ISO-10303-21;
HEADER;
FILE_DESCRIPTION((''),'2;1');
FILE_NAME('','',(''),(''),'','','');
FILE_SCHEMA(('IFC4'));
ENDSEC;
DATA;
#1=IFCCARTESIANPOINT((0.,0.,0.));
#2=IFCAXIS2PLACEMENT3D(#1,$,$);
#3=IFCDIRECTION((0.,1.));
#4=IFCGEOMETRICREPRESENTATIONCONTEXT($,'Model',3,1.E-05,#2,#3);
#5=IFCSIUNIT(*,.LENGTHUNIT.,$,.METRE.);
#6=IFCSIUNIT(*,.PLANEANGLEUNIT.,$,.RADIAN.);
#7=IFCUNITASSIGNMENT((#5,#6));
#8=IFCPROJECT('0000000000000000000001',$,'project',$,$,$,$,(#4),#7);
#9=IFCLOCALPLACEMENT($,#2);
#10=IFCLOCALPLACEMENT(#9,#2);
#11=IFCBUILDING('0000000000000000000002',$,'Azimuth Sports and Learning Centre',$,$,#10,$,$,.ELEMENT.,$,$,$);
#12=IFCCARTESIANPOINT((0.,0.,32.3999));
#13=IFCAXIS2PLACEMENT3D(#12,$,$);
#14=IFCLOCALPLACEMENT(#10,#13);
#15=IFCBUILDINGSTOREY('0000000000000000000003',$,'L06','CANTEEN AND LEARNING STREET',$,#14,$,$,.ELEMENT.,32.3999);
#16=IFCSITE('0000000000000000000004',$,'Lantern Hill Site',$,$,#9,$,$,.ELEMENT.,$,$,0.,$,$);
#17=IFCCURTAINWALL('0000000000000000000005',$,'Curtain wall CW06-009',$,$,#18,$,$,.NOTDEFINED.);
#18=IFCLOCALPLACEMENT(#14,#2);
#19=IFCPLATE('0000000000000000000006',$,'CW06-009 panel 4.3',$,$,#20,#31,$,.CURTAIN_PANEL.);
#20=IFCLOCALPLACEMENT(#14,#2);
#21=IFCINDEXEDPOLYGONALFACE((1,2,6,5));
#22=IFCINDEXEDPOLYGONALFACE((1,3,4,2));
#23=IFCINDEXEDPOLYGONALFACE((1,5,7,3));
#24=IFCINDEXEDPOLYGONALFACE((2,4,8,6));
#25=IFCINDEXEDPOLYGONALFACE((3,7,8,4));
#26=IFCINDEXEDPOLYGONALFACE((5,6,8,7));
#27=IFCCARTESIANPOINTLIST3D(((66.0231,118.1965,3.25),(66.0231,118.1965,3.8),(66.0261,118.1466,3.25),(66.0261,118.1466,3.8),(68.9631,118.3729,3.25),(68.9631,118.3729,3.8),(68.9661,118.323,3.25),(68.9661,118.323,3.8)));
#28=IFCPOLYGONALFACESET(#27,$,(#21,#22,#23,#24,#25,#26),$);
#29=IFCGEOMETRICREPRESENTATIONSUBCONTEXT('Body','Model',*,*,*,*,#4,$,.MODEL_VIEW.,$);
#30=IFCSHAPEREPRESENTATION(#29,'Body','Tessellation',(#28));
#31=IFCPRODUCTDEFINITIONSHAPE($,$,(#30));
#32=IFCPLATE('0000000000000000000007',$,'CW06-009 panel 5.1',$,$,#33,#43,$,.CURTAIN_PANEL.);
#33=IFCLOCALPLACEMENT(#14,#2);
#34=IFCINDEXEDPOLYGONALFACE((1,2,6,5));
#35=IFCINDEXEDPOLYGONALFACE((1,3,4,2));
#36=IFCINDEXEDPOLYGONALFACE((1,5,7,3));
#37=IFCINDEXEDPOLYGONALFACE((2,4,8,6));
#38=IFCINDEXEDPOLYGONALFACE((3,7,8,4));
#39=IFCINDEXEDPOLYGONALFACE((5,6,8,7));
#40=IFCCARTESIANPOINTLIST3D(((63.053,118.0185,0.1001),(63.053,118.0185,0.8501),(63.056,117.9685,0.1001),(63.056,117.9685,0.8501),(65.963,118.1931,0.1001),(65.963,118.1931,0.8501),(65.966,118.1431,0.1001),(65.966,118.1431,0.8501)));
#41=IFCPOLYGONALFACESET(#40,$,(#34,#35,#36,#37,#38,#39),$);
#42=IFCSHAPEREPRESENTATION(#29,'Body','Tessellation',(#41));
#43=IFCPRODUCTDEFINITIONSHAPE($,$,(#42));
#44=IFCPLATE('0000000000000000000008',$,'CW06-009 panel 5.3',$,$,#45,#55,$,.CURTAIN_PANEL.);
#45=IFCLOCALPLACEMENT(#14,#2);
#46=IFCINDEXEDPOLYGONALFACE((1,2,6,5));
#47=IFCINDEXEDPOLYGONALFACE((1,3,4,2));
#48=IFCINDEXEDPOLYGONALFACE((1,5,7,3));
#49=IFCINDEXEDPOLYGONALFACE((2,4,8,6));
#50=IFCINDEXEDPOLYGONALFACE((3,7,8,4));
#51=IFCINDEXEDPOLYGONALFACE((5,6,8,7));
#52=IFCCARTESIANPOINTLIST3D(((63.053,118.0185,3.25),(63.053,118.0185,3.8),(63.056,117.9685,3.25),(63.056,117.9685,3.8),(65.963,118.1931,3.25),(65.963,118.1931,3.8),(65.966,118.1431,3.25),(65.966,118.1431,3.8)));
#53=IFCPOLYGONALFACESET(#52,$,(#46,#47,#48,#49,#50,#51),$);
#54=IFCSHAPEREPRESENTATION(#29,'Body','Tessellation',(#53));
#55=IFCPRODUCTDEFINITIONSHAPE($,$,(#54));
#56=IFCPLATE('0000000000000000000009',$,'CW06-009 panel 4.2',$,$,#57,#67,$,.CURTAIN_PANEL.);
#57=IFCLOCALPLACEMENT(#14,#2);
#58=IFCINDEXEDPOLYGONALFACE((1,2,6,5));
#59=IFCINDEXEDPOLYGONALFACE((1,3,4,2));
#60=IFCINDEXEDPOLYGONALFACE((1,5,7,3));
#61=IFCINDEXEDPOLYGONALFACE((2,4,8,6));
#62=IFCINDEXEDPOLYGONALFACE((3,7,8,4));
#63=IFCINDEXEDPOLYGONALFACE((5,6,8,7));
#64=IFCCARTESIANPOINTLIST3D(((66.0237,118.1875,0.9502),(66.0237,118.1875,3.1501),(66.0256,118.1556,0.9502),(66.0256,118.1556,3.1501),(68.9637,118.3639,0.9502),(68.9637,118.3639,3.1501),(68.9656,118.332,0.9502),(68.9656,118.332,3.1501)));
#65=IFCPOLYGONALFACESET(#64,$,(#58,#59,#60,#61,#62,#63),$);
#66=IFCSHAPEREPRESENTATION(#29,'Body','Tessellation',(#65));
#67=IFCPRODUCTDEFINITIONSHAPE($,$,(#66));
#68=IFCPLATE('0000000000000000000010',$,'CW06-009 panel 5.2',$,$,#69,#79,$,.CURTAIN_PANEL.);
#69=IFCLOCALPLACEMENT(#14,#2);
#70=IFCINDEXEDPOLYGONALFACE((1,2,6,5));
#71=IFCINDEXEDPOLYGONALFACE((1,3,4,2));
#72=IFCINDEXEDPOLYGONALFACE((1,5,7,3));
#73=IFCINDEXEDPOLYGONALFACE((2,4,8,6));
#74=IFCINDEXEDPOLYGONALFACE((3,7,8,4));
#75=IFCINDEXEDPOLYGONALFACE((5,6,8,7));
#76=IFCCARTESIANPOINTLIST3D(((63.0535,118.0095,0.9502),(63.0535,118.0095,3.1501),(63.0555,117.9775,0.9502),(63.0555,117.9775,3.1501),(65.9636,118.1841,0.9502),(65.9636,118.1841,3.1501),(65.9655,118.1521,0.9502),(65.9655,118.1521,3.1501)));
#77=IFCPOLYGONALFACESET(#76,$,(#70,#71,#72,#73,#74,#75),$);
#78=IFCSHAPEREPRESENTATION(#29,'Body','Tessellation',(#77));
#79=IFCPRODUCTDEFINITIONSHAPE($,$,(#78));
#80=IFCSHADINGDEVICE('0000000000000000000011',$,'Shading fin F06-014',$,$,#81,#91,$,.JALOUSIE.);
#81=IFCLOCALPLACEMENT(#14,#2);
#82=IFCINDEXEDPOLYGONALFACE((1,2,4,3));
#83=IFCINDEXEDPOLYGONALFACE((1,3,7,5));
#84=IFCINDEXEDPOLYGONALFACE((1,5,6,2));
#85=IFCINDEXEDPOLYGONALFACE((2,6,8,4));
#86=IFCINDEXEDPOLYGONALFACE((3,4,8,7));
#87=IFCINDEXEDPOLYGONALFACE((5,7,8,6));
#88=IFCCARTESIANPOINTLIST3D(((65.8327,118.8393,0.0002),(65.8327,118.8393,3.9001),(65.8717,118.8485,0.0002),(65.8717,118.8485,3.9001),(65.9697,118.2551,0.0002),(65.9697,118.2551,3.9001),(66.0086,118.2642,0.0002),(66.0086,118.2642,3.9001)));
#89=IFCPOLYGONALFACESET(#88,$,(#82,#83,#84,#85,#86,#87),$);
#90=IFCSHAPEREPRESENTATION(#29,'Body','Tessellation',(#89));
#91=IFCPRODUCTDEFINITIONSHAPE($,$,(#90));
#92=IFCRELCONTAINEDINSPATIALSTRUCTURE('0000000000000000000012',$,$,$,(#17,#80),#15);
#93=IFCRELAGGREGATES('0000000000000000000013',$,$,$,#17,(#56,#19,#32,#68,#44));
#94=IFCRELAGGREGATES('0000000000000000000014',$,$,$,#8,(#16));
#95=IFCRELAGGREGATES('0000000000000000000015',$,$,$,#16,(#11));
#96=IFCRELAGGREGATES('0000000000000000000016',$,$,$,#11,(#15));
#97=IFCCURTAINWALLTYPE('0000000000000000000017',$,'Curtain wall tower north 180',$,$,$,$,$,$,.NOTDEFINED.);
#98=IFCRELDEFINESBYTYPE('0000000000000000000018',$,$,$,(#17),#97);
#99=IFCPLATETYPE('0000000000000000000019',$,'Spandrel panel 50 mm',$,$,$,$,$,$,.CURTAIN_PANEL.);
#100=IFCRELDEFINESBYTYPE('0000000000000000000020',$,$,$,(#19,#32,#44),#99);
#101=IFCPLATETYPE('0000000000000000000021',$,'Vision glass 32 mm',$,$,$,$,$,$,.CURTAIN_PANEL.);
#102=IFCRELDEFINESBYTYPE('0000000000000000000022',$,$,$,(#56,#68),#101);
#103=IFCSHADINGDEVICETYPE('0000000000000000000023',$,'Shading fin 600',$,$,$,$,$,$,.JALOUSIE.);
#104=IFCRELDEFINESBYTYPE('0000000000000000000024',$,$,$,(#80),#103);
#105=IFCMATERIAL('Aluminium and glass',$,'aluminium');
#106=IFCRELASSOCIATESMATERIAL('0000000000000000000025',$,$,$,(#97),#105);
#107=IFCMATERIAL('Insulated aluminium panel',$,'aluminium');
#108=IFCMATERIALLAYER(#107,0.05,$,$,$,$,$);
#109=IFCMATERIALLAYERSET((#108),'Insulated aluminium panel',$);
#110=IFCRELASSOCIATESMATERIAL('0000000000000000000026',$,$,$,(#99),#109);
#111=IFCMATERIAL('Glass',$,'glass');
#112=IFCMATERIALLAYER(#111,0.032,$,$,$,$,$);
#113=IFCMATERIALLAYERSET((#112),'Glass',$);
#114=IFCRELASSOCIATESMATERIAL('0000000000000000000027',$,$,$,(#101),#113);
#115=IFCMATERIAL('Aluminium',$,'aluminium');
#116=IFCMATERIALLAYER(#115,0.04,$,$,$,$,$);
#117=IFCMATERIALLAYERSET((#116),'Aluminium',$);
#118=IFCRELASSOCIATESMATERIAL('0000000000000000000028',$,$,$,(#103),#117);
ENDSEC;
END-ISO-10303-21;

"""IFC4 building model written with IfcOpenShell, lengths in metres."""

from ifc_helpers import new_model, si_unit, direction, frame, origin, origin_2d, place, context, subcontext, project, spatial, rectangle, extrude, material, layer, layer_set, type_object, element, aggregate, save


model = new_model("IFC4")

# Units and contexts
model_context = context("Model", 3, precision=1e-05, world=origin(), true_north=direction((0.0, 1.0)))
body_context = subcontext(model_context, "Body", "Model", "MODEL_VIEW")
ifc_project = project(units=[si_unit("LENGTHUNIT", "METRE"), si_unit("PLANEANGLEUNIT", "RADIAN")], contexts=[model_context])

# Site, building, storey
site_placement = place(None, origin())
site = spatial("IfcSite", under=ifc_project, at=site_placement, Name="Lantern Hill Site", CompositionType="ELEMENT", RefElevation=0.0)
building_placement = place(site_placement, origin())
building = spatial("IfcBuilding", under=site, at=building_placement, Name="Azimuth Sports and Learning Centre", CompositionType="ELEMENT")
storey_placement = place(building_placement, frame((0.0, 0.0, 32.3999)))
storey = spatial("IfcBuildingStorey", under=building, at=storey_placement, Name="L06", Description="CANTEEN AND LEARNING STREET", CompositionType="ELEMENT", Elevation=32.3999)

# Curtain wall, plates
ifc_material_1 = material(Name="Aluminium and glass", Category="aluminium")
curtain_wall_type = type_object("IfcCurtainWallType", Name="Curtain wall tower north 180", PredefinedType="NOTDEFINED", material=ifc_material_1)
curtain_wall_placement = place(storey_placement, origin())
curtain_wall = element("IfcCurtainWall", 1, at=curtain_wall_placement, inside=storey, type_object=curtain_wall_type, Name="Curtain wall CW06-009", PredefinedType="NOTDEFINED")
ifc_material_2 = material(Name="Insulated aluminium panel", Category="aluminium")
ifc_layer_1 = layer(ifc_material_2, 0.05)
ifc_layer_set_1 = layer_set([ifc_layer_1], Name="Insulated aluminium panel")
plate_type_1 = type_object("IfcPlateType", Name="Spandrel panel 50 mm", PredefinedType="CURTAIN_PANEL", material=ifc_layer_set_1)
plate_1_placement = place(storey_placement, frame((67.4946, 118.2598, 3.25), z_axis=(0.0, 0.0, 1.0), x_axis=(-0.998205, -0.059892, 0.0)))
plate_1 = element("IfcPlate", 2, at=plate_1_placement, type_object=plate_type_1, Name="CW06-009 panel 4.3", PredefinedType="CURTAIN_PANEL", context=body_context, shape_type="SweptSolid", body=[
    extrude(rectangle(XDim=2.9453, YDim=0.05, at=origin_2d()), origin(), (0.0, 0.0, 1.0), 0.55),
])
plate_2_placement = place(storey_placement, frame((64.5095, 118.0808, 0.1001), z_axis=(0.0, 0.0, 1.0), x_axis=(-0.998205, -0.059892, 0.0)))
plate_2 = element("IfcPlate", 3, at=plate_2_placement, type_object=plate_type_1, Name="CW06-009 panel 5.1", PredefinedType="CURTAIN_PANEL", context=body_context, shape_type="SweptSolid", body=[
    extrude(rectangle(XDim=2.9153, YDim=0.05, at=origin_2d()), origin(), (0.0, 0.0, 1.0), 0.75),
])
plate_3_placement = place(storey_placement, frame((64.5095, 118.0808, 3.25), z_axis=(0.0, 0.0, 1.0), x_axis=(-0.998205, -0.059892, 0.0)))
plate_3 = element("IfcPlate", 4, at=plate_3_placement, type_object=plate_type_1, Name="CW06-009 panel 5.3", PredefinedType="CURTAIN_PANEL", context=body_context, shape_type="SweptSolid", body=[
    extrude(rectangle(XDim=2.9153, YDim=0.05, at=origin_2d()), origin(), (0.0, 0.0, 1.0), 0.55),
])
ifc_material_3 = material(Name="Glass", Category="glass")
ifc_layer_2 = layer(ifc_material_3, 0.032)
ifc_layer_set_2 = layer_set([ifc_layer_2], Name="Glass")
plate_type_2 = type_object("IfcPlateType", Name="Vision glass 32 mm", PredefinedType="CURTAIN_PANEL", material=ifc_layer_set_2)
plate_4_placement = place(storey_placement, frame((67.4946, 118.2598, 0.9502), z_axis=(0.0, 0.0, 1.0), x_axis=(-0.998205, -0.059892, 0.0)))
plate_4 = element("IfcPlate", 5, at=plate_4_placement, type_object=plate_type_2, Name="CW06-009 panel 4.2", PredefinedType="CURTAIN_PANEL", context=body_context, shape_type="SweptSolid", body=[
    extrude(rectangle(XDim=2.9453, YDim=0.032, at=origin_2d()), origin(), (0.0, 0.0, 1.0), 2.2),
])
plate_5_placement = place(storey_placement, frame((64.5095, 118.0808, 0.9502), z_axis=(0.0, 0.0, 1.0), x_axis=(-0.998205, -0.059892, 0.0)))
plate_5 = element("IfcPlate", 6, at=plate_5_placement, type_object=plate_type_2, Name="CW06-009 panel 5.2", PredefinedType="CURTAIN_PANEL", context=body_context, shape_type="SweptSolid", body=[
    extrude(rectangle(XDim=2.9153, YDim=0.032, at=origin_2d()), origin(), (0.0, 0.0, 1.0), 2.2),
])
aggregate(curtain_wall, [plate_4, plate_1, plate_2, plate_5, plate_3])

# Shading device
ifc_material_4 = material(Name="Aluminium", Category="aluminium")
ifc_layer_3 = layer(ifc_material_4, 0.04)
ifc_layer_set_3 = layer_set([ifc_layer_3], Name="Aluminium")
shading_device_type = type_object("IfcShadingDeviceType", Name="Shading fin 600", PredefinedType="JALOUSIE", material=ifc_layer_set_3)
shading_device_placement = place(storey_placement, frame((65.9207, 118.5518, 0.0002), z_axis=(0.0, 0.0, 1.0), x_axis=(-0.228271, 0.973598, 0.0)))
element("IfcShadingDevice", 7, at=shading_device_placement, inside=storey, type_object=shading_device_type, Name="Shading fin F06-014", PredefinedType="JALOUSIE", context=body_context, shape_type="SweptSolid", body=[
    extrude(rectangle(XDim=0.6001, YDim=0.04, at=origin_2d()), origin(), (0.0, 0.0, 1.0), 3.8999),
])

save(model, "model.ifc")
